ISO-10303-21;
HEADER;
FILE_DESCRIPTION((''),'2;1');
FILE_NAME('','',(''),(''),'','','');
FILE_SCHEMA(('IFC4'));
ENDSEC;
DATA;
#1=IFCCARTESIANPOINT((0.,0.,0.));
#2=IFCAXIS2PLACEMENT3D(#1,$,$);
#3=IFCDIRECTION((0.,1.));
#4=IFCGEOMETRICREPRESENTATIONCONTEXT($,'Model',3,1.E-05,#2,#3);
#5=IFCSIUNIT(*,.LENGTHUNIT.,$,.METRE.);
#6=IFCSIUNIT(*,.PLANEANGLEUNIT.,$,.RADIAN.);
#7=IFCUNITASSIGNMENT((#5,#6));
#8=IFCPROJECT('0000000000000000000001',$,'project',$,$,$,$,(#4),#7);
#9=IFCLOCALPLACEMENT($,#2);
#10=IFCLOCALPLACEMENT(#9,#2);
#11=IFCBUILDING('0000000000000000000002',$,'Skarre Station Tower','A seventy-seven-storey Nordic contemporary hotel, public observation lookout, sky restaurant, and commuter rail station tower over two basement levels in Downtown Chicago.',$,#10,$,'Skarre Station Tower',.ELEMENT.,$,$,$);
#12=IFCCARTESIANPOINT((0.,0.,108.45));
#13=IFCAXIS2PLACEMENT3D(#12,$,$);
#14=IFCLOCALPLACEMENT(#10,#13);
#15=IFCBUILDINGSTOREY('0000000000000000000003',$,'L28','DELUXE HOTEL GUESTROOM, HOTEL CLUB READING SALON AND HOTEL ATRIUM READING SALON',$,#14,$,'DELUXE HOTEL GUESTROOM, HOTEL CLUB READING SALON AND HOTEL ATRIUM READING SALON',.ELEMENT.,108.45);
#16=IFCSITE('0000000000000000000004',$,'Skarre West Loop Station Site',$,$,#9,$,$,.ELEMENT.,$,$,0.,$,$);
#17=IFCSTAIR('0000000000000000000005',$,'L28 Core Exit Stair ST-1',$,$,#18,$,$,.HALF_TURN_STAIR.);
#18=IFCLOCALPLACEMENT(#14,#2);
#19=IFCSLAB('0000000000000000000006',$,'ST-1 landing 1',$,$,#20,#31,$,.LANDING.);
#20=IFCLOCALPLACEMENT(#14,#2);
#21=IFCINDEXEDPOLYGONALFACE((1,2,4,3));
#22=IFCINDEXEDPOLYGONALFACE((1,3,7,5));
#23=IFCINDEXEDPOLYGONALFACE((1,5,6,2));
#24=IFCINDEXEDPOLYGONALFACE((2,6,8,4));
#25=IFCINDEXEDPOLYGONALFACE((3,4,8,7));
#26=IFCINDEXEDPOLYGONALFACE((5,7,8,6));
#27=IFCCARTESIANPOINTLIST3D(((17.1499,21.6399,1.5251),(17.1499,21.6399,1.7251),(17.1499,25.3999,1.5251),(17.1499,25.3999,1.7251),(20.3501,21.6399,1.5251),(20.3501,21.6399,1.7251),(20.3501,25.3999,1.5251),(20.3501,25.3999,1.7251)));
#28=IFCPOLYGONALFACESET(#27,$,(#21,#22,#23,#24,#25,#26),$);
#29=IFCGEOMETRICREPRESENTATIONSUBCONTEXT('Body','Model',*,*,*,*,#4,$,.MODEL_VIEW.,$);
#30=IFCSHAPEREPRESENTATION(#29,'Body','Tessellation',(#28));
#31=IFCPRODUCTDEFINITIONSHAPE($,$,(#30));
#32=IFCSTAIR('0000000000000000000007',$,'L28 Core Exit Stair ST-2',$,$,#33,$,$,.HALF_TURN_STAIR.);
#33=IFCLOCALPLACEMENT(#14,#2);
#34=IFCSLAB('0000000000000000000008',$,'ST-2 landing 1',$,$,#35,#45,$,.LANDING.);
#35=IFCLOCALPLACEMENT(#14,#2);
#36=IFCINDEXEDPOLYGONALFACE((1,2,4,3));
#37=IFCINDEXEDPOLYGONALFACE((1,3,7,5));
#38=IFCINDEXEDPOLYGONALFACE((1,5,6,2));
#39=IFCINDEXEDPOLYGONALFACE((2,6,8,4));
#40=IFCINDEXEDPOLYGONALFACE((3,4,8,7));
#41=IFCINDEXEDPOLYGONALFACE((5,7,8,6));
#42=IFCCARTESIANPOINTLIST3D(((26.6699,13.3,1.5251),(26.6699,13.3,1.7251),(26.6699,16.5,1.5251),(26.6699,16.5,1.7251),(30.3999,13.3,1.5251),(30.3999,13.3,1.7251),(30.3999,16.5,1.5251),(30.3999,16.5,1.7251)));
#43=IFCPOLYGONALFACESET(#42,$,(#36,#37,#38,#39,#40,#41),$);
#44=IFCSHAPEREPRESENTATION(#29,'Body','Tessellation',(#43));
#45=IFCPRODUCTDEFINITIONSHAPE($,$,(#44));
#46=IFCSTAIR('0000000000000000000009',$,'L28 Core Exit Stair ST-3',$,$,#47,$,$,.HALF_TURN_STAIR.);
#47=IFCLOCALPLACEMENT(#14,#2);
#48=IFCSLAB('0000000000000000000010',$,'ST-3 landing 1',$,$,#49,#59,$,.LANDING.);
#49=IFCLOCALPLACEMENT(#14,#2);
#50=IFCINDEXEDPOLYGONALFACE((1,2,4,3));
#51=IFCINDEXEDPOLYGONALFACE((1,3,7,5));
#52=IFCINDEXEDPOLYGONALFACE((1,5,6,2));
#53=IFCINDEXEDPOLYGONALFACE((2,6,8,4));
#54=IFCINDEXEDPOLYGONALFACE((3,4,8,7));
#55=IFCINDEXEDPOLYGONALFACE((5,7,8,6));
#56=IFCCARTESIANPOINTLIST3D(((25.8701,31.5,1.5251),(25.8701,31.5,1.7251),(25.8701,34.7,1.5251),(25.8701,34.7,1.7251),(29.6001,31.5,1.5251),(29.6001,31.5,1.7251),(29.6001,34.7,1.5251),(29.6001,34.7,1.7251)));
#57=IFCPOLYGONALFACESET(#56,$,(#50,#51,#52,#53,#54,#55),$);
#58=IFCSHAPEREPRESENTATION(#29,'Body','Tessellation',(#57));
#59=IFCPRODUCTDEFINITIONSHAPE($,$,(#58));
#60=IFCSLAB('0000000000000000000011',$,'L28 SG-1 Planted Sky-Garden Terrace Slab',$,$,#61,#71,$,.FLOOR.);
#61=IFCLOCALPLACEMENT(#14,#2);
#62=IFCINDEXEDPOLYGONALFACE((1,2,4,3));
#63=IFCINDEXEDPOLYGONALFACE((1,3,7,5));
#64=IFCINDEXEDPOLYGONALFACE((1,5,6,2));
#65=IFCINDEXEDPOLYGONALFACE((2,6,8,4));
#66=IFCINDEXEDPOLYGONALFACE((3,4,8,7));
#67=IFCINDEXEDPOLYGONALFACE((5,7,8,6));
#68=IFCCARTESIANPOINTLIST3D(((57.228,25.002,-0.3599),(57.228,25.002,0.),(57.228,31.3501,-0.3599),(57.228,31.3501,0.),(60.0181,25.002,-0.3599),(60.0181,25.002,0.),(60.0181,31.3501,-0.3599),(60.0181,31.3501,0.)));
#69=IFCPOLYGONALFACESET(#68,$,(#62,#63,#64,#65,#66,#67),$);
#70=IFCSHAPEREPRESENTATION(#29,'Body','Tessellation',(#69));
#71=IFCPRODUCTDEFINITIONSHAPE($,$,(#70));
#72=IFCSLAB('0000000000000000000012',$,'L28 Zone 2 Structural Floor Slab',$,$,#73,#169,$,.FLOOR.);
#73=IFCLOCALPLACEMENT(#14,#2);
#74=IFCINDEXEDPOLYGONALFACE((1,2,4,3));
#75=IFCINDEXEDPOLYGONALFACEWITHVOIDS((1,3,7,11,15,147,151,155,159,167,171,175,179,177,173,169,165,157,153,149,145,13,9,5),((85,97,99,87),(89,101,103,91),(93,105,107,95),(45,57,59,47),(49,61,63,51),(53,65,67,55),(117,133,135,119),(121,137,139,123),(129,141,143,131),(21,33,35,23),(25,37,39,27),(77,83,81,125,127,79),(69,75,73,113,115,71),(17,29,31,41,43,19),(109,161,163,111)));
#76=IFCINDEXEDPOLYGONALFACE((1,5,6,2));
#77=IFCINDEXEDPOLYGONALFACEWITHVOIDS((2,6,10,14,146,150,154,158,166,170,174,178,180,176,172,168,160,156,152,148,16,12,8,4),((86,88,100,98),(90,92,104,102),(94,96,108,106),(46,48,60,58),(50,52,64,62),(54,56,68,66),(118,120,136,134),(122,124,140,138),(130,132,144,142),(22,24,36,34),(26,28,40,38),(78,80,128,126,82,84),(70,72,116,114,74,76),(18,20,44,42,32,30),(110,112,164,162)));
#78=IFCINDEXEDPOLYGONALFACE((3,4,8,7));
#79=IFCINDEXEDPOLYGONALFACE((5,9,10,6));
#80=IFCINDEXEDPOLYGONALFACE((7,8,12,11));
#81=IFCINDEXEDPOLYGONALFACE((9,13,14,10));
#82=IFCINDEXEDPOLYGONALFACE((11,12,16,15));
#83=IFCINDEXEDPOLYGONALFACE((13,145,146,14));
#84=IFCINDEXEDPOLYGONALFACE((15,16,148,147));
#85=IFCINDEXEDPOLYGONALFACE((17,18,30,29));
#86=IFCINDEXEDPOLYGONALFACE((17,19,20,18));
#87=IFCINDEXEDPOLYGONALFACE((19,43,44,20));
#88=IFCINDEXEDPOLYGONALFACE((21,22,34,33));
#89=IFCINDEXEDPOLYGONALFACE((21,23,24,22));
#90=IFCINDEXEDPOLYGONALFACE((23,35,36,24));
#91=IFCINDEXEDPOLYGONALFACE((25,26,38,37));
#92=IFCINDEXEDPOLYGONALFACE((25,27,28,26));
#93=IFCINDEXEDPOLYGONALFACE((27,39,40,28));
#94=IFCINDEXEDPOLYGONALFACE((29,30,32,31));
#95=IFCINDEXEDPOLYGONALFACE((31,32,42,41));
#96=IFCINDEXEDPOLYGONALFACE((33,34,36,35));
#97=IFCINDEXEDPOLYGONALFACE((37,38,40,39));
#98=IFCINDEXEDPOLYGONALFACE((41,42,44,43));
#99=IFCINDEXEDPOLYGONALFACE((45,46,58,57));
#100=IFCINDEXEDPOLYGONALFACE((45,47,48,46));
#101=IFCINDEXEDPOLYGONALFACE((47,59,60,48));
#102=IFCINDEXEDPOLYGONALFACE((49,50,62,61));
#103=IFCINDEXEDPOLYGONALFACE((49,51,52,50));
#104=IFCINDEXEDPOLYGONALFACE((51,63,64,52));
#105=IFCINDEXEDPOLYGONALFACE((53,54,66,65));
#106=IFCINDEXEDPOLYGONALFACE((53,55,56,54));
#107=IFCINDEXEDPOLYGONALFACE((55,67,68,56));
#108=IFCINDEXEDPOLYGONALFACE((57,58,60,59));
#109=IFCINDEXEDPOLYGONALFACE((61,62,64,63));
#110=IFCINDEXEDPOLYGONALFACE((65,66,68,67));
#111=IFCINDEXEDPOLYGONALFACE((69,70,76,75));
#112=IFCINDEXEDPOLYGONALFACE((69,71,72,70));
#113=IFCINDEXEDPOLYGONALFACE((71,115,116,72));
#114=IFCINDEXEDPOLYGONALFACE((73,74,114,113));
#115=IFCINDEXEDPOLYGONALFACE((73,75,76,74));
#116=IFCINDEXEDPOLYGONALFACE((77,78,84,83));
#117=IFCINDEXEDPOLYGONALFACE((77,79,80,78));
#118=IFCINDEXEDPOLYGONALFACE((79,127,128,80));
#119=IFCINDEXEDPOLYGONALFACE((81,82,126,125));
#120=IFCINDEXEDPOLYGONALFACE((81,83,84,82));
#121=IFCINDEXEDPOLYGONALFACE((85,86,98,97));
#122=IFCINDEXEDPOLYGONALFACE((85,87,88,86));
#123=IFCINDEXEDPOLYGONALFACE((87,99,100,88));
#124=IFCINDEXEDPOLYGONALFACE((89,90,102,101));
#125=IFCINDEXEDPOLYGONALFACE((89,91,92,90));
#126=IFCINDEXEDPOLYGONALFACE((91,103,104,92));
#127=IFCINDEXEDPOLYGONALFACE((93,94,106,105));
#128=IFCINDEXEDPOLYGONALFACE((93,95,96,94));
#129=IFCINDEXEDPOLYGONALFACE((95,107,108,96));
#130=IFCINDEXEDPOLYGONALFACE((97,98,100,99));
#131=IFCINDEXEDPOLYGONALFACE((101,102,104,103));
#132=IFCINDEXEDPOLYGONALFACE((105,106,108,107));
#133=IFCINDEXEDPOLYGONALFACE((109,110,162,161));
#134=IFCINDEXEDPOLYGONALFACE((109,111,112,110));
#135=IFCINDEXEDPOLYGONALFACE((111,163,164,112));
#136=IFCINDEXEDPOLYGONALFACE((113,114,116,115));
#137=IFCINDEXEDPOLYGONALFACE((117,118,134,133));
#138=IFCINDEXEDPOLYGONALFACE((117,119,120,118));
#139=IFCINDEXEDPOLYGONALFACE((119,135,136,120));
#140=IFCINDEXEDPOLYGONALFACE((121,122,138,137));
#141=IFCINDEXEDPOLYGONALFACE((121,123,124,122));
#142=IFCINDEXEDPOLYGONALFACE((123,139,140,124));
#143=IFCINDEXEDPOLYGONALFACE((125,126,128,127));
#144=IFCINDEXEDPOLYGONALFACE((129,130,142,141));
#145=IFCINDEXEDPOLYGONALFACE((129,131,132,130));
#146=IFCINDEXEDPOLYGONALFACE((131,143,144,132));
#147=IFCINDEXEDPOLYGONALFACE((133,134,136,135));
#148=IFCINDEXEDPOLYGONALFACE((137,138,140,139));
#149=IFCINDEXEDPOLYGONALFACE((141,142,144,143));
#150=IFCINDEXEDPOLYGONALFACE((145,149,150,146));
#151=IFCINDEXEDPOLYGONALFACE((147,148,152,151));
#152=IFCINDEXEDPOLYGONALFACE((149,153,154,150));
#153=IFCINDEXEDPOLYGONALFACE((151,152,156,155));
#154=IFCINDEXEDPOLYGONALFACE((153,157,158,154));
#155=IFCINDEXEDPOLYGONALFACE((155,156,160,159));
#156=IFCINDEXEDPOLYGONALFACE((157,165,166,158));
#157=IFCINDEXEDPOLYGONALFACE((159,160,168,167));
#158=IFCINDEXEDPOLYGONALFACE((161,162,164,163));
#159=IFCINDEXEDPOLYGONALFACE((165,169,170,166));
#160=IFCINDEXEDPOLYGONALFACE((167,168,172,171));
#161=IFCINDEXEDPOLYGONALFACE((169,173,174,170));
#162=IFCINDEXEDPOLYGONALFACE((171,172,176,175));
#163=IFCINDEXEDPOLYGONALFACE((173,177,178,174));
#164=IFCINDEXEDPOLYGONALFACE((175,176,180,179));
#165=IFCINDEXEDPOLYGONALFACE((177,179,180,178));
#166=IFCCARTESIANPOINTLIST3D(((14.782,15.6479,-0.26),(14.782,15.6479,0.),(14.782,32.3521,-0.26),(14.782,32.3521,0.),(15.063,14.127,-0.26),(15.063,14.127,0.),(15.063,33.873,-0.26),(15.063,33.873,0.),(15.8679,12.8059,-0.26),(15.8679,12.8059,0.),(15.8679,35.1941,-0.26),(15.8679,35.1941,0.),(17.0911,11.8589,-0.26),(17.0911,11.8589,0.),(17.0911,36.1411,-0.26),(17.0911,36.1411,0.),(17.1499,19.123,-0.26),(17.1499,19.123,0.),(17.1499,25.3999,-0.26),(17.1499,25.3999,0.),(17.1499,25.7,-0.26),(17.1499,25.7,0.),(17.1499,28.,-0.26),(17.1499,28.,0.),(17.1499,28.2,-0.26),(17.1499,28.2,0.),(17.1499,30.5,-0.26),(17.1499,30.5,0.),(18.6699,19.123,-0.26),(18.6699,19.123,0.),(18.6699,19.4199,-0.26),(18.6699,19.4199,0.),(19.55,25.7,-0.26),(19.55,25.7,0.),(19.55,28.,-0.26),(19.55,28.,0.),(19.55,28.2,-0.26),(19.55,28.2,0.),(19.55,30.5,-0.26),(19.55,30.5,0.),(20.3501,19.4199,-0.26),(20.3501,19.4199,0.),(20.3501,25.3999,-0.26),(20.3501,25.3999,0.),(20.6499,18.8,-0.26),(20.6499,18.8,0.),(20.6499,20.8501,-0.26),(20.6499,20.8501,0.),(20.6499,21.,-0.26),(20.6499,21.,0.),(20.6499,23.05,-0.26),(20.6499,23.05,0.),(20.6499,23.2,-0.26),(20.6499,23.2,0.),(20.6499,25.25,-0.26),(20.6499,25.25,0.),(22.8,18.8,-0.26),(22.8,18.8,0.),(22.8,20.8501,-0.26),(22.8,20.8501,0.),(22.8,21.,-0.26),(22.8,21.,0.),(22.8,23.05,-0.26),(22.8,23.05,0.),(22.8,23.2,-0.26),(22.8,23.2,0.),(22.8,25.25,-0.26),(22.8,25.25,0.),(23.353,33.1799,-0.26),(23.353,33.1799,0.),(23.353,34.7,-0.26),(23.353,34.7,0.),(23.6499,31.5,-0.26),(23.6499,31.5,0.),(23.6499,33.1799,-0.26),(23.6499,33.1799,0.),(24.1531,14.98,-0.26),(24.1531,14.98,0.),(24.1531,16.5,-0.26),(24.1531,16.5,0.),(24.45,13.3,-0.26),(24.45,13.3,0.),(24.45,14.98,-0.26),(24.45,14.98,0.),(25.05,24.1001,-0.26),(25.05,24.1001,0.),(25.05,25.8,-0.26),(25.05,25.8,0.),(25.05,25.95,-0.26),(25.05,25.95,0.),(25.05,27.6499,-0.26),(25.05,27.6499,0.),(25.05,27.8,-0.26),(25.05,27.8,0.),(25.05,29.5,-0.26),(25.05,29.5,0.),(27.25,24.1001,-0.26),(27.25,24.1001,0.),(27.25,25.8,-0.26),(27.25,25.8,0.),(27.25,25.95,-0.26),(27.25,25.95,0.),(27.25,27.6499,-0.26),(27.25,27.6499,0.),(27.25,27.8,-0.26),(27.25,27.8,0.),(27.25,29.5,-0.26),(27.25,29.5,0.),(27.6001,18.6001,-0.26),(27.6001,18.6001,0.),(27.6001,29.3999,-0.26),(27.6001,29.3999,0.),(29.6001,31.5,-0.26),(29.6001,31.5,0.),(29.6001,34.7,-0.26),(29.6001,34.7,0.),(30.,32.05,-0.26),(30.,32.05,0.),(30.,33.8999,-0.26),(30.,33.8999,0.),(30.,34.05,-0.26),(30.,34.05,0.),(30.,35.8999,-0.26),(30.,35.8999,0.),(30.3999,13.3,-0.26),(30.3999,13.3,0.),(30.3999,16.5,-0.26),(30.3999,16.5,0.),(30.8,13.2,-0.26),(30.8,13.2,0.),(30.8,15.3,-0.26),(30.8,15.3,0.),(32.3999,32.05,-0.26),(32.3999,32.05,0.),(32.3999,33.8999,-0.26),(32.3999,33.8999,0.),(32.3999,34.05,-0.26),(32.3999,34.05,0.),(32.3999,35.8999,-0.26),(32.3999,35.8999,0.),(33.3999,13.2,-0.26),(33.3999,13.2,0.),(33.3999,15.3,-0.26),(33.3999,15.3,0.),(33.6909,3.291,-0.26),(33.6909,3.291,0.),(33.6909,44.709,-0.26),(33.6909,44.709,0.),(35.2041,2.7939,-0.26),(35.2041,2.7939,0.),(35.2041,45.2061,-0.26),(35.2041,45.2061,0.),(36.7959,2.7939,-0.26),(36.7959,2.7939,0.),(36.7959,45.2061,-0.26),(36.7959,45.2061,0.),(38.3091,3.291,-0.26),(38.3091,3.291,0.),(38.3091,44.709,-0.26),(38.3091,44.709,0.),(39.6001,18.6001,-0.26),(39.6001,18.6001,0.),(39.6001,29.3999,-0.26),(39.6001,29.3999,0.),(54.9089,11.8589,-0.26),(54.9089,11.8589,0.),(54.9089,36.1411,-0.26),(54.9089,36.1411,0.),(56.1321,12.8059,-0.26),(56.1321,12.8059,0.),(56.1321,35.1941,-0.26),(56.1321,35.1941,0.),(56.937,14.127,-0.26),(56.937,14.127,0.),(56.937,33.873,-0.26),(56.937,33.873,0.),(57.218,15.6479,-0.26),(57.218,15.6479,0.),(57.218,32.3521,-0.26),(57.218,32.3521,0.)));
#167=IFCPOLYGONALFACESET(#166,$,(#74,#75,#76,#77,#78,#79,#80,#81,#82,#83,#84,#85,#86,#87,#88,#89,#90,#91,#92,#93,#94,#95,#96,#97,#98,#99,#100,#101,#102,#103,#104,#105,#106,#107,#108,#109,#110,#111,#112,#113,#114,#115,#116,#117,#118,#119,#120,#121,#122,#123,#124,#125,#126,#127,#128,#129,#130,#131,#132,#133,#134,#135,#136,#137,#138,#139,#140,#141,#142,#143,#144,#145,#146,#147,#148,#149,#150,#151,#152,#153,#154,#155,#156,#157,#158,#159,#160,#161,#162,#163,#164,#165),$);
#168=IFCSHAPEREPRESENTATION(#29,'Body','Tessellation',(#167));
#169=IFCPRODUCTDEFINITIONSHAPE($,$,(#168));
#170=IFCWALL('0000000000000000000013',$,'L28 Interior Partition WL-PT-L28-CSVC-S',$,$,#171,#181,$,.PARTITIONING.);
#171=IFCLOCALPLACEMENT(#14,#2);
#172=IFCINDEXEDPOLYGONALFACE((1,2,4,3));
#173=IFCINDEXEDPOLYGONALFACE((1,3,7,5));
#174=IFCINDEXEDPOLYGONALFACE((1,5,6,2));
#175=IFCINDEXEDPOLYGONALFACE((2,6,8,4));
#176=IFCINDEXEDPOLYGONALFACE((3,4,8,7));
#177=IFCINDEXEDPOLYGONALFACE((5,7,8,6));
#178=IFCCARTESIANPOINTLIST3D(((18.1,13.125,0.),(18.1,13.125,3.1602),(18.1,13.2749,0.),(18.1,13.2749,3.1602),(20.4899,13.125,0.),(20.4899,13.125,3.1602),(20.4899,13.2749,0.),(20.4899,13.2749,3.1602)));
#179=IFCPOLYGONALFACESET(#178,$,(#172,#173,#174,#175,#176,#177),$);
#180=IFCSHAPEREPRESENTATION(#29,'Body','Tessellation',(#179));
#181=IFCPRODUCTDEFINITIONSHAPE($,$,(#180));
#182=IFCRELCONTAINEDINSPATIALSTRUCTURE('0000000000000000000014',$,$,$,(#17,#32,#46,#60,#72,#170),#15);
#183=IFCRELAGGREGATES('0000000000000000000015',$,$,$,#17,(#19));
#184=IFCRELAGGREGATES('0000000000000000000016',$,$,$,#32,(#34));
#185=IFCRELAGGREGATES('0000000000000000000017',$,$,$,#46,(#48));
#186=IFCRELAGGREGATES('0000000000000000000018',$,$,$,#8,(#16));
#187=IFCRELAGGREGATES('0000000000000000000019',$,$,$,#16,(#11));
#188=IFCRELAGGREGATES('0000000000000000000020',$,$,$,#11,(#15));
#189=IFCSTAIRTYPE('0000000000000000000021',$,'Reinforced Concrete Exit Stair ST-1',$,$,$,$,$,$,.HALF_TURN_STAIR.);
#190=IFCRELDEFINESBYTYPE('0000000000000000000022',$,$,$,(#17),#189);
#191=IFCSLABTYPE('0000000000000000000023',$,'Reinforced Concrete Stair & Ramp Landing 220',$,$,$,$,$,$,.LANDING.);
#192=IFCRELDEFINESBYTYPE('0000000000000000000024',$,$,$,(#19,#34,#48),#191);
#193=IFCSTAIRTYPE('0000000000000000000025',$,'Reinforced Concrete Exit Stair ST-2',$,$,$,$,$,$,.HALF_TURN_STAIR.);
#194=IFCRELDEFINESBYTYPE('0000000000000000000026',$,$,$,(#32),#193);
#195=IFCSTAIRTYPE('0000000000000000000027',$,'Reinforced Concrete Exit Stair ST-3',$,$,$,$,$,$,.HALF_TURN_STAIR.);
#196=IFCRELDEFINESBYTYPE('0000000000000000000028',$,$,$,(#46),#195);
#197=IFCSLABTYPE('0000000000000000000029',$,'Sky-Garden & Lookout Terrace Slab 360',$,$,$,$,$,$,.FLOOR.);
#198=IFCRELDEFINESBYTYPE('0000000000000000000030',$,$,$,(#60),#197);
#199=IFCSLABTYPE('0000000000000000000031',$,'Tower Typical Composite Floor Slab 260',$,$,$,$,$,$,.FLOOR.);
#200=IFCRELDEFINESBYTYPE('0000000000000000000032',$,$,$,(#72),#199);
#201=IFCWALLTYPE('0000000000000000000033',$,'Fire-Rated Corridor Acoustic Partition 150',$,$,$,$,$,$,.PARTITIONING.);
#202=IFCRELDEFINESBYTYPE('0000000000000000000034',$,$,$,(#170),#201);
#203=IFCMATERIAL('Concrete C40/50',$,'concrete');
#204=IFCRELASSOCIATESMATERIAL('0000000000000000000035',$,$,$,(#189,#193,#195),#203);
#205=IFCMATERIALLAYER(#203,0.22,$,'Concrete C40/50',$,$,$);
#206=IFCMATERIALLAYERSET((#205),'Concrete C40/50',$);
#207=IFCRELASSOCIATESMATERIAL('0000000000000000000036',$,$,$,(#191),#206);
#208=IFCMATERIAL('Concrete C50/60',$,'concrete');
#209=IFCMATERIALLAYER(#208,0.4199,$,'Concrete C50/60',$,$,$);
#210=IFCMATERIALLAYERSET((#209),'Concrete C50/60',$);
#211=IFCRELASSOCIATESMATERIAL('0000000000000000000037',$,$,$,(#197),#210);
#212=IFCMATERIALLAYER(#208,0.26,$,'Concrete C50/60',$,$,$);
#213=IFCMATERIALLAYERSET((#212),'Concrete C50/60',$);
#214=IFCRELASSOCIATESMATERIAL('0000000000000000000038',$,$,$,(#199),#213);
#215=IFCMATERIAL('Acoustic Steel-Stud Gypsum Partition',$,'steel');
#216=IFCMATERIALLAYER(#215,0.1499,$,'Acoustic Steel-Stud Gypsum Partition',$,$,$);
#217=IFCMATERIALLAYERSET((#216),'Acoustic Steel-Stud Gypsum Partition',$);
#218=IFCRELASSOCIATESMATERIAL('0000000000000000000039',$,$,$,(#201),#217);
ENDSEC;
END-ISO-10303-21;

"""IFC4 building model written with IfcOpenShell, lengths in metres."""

from ifc_helpers import new_model, si_unit, direction, frame, frame_2d, origin, place, context, subcontext, project, spatial, polyline, rectangle, outline, extrude, material, layer, layer_set, type_object, element, aggregate, save


model = new_model("IFC4")

# Units and contexts
model_context = context("Model", 3, precision=1e-05, world=origin(), true_north=direction((0.0, 1.0)))
body_context = subcontext(model_context, "Body", "Model", "MODEL_VIEW")
ifc_project = project(units=[si_unit("LENGTHUNIT", "METRE"), si_unit("PLANEANGLEUNIT", "RADIAN")], contexts=[model_context])

# Site, building, storey
site_placement = place(None, origin())
site = spatial("IfcSite", under=ifc_project, at=site_placement, Name="Skarre West Loop Station Site", CompositionType="ELEMENT", RefElevation=0.0)
building_placement = place(site_placement, origin())
building = spatial("IfcBuilding", under=site, at=building_placement, Name="Skarre Station Tower", Description="A seventy-seven-storey Nordic contemporary hotel, public observation lookout, sky restaurant, and commuter rail station tower over two basement levels in Downtown Chicago.", LongName="Skarre Station Tower", CompositionType="ELEMENT")
storey_placement = place(building_placement, frame((0.0, 0.0, 108.45)))
storey = spatial("IfcBuildingStorey", under=building, at=storey_placement, Name="L28", Description="DELUXE HOTEL GUESTROOM, HOTEL CLUB READING SALON AND HOTEL ATRIUM READING SALON", LongName="DELUXE HOTEL GUESTROOM, HOTEL CLUB READING SALON AND HOTEL ATRIUM READING SALON", CompositionType="ELEMENT", Elevation=108.45)

# Stairs, slabs
ifc_material_1 = material(Name="Concrete C40/50", Category="concrete")
stair_type_1 = type_object("IfcStairType", Name="Reinforced Concrete Exit Stair ST-1", PredefinedType="HALF_TURN_STAIR", material=ifc_material_1)
stair_1_placement = place(storey_placement, origin())
stair_1 = element("IfcStair", 1, at=stair_1_placement, inside=storey, type_object=stair_type_1, Name="L28 Core Exit Stair ST-1", PredefinedType="HALF_TURN_STAIR")
ifc_layer_1 = layer(ifc_material_1, 0.22, Name="Concrete C40/50")
ifc_layer_set_1 = layer_set([ifc_layer_1], Name="Concrete C40/50")
slab_type_1 = type_object("IfcSlabType", Name="Reinforced Concrete Stair & Ramp Landing 220", PredefinedType="LANDING", material=ifc_layer_set_1)
slab_1_placement = place(storey_placement, frame((0.0, 0.0, 1.5251)))
slab_1 = element("IfcSlab", 2, at=slab_1_placement, type_object=slab_type_1, Name="ST-1 landing 1", PredefinedType="LANDING", context=body_context, shape_type="SweptSolid", body=[
    extrude(outline(polyline([(20.3501, 21.6399), (20.3501, 25.3999), (17.1499, 25.3999), (17.1499, 21.6399), (20.3501, 21.6399)])), origin(), (0.0, 0.0, 1.0), 0.2),
])
aggregate(stair_1, [slab_1])
stair_type_2 = type_object("IfcStairType", Name="Reinforced Concrete Exit Stair ST-2", PredefinedType="HALF_TURN_STAIR", material=ifc_material_1)
stair_2_placement = place(storey_placement, origin())
stair_2 = element("IfcStair", 3, at=stair_2_placement, inside=storey, type_object=stair_type_2, Name="L28 Core Exit Stair ST-2", PredefinedType="HALF_TURN_STAIR")
slab_2_placement = place(storey_placement, frame((0.0, 0.0, 1.5251)))
slab_2 = element("IfcSlab", 4, at=slab_2_placement, type_object=slab_type_1, Name="ST-2 landing 1", PredefinedType="LANDING", context=body_context, shape_type="SweptSolid", body=[
    extrude(outline(polyline([(26.6699, 13.3), (30.3999, 13.3), (30.3999, 16.5), (26.6699, 16.5), (26.6699, 13.3)])), origin(), (0.0, 0.0, 1.0), 0.2),
])
aggregate(stair_2, [slab_2])
stair_type_3 = type_object("IfcStairType", Name="Reinforced Concrete Exit Stair ST-3", PredefinedType="HALF_TURN_STAIR", material=ifc_material_1)
stair_3_placement = place(storey_placement, origin())
stair_3 = element("IfcStair", 5, at=stair_3_placement, inside=storey, type_object=stair_type_3, Name="L28 Core Exit Stair ST-3", PredefinedType="HALF_TURN_STAIR")
slab_3_placement = place(storey_placement, frame((0.0, 0.0, 1.5251)))
slab_3 = element("IfcSlab", 6, at=slab_3_placement, type_object=slab_type_1, Name="ST-3 landing 1", PredefinedType="LANDING", context=body_context, shape_type="SweptSolid", body=[
    extrude(outline(polyline([(25.8701, 31.5), (29.6001, 31.5), (29.6001, 34.7), (25.8701, 34.7), (25.8701, 31.5)])), origin(), (0.0, 0.0, 1.0), 0.2),
])
aggregate(stair_3, [slab_3])

# Slabs
ifc_material_2 = material(Name="Concrete C50/60", Category="concrete")
ifc_layer_2 = layer(ifc_material_2, 0.4199, Name="Concrete C50/60")
ifc_layer_set_2 = layer_set([ifc_layer_2], Name="Concrete C50/60")
slab_type_2 = type_object("IfcSlabType", Name="Sky-Garden & Lookout Terrace Slab 360", PredefinedType="FLOOR", material=ifc_layer_set_2)
slab_4_placement = place(storey_placement, frame((0.0, 0.0, -0.3599)))
element("IfcSlab", 7, at=slab_4_placement, inside=storey, type_object=slab_type_2, Name="L28 SG-1 Planted Sky-Garden Terrace Slab", PredefinedType="FLOOR", context=body_context, shape_type="SweptSolid", body=[
    extrude(outline(polyline([(57.228, 31.3501), (57.228, 25.002), (60.0181, 25.002), (60.0181, 31.3501), (57.228, 31.3501)])), origin(), (0.0, 0.0, 1.0), 0.3599),
])
ifc_layer_3 = layer(ifc_material_2, 0.26, Name="Concrete C50/60")
ifc_layer_set_3 = layer_set([ifc_layer_3], Name="Concrete C50/60")
slab_type_3 = type_object("IfcSlabType", Name="Tower Typical Composite Floor Slab 260", PredefinedType="FLOOR", material=ifc_layer_set_3)
slab_5_placement = place(storey_placement, frame((0.0, 0.0, -0.26)))
element("IfcSlab", 8, at=slab_5_placement, inside=storey, type_object=slab_type_3, Name="L28 Zone 2 Structural Floor Slab", PredefinedType="FLOOR", context=body_context, shape_type="SweptSolid", body=[
    extrude(outline(polyline([(57.218, 32.3521), (56.937, 33.873), (56.1321, 35.1941), (54.9089, 36.1411), (38.3091, 44.709), (36.7959, 45.2061), (35.2041, 45.2061), (33.6909, 44.709), (17.0911, 36.1411), (15.8679, 35.1941), (15.063, 33.873), (14.782, 32.3521), (14.782, 15.6479), (15.063, 14.127), (15.8679, 12.8059), (17.0911, 11.8589), (33.6909, 3.291), (35.2041, 2.7939), (36.7959, 2.7939), (38.3091, 3.291), (54.9089, 11.8589), (56.1321, 12.8059), (56.937, 14.127), (57.218, 15.6479), (57.218, 32.3521)]), holes=[polyline([(18.6699, 19.4199), (18.6699, 19.123), (17.1499, 19.123), (17.1499, 25.3999), (20.3501, 25.3999), (20.3501, 19.4199), (18.6699, 19.4199)]), polyline([(24.45, 14.98), (24.1531, 14.98), (24.1531, 16.5), (30.3999, 16.5), (30.3999, 13.3), (24.45, 13.3), (24.45, 14.98)]), polyline([(23.6499, 33.1799), (23.353, 33.1799), (23.353, 34.7), (29.6001, 34.7), (29.6001, 31.5), (23.6499, 31.5), (23.6499, 33.1799)]), polyline([(17.1499, 28.0), (19.55, 28.0), (19.55, 25.7), (17.1499, 25.7), (17.1499, 28.0)]), polyline([(17.1499, 30.5), (19.55, 30.5), (19.55, 28.2), (17.1499, 28.2), (17.1499, 30.5)]), polyline([(30.8, 15.3), (33.3999, 15.3), (33.3999, 13.2), (30.8, 13.2), (30.8, 15.3)]), polyline([(25.05, 25.8), (27.25, 25.8), (27.25, 24.1001), (25.05, 24.1001), (25.05, 25.8)]), polyline([(25.05, 27.6499), (27.25, 27.6499), (27.25, 25.95), (25.05, 25.95), (25.05, 27.6499)]), polyline([(25.05, 29.5), (27.25, 29.5), (27.25, 27.8), (25.05, 27.8), (25.05, 29.5)]), polyline([(20.6499, 20.8501), (22.8, 20.8501), (22.8, 18.8), (20.6499, 18.8), (20.6499, 20.8501)]), polyline([(20.6499, 23.05), (22.8, 23.05), (22.8, 21.0), (20.6499, 21.0), (20.6499, 23.05)]), polyline([(20.6499, 25.25), (22.8, 25.25), (22.8, 23.2), (20.6499, 23.2), (20.6499, 25.25)]), polyline([(30.0, 33.8999), (32.3999, 33.8999), (32.3999, 32.05), (30.0, 32.05), (30.0, 33.8999)]), polyline([(30.0, 35.8999), (32.3999, 35.8999), (32.3999, 34.05), (30.0, 34.05), (30.0, 35.8999)]), polyline([(27.6001, 29.3999), (39.6001, 29.3999), (39.6001, 18.6001), (27.6001, 18.6001), (27.6001, 29.3999)])]), origin(), (0.0, 0.0, 1.0), 0.26),
])

# Wall
ifc_material_3 = material(Name="Acoustic Steel-Stud Gypsum Partition", Category="steel")
ifc_layer_4 = layer(ifc_material_3, 0.1499, Name="Acoustic Steel-Stud Gypsum Partition")
ifc_layer_set_4 = layer_set([ifc_layer_4], Name="Acoustic Steel-Stud Gypsum Partition")
wall_type_1 = type_object("IfcWallType", Name="Fire-Rated Corridor Acoustic Partition 150", PredefinedType="PARTITIONING", material=ifc_layer_set_4)
wall_1_placement = place(storey_placement, frame((18.1001, 13.2, 0.0), z_axis=(0.0, 0.0, 1.0), x_axis=(1.0, 0.0, 0.0)))
element("IfcWall", 9, at=wall_1_placement, inside=storey, type_object=wall_type_1, Name="L28 Interior Partition WL-PT-L28-CSVC-S", PredefinedType="PARTITIONING", context=body_context, shape_type="SweptSolid", body=[
    extrude(rectangle(XDim=2.3899, YDim=0.1499, at=frame_2d((1.1948, 0.0))), origin(), (0.0, 0.0, 1.0), 3.1602),
])

save(model, "model.ifc")
